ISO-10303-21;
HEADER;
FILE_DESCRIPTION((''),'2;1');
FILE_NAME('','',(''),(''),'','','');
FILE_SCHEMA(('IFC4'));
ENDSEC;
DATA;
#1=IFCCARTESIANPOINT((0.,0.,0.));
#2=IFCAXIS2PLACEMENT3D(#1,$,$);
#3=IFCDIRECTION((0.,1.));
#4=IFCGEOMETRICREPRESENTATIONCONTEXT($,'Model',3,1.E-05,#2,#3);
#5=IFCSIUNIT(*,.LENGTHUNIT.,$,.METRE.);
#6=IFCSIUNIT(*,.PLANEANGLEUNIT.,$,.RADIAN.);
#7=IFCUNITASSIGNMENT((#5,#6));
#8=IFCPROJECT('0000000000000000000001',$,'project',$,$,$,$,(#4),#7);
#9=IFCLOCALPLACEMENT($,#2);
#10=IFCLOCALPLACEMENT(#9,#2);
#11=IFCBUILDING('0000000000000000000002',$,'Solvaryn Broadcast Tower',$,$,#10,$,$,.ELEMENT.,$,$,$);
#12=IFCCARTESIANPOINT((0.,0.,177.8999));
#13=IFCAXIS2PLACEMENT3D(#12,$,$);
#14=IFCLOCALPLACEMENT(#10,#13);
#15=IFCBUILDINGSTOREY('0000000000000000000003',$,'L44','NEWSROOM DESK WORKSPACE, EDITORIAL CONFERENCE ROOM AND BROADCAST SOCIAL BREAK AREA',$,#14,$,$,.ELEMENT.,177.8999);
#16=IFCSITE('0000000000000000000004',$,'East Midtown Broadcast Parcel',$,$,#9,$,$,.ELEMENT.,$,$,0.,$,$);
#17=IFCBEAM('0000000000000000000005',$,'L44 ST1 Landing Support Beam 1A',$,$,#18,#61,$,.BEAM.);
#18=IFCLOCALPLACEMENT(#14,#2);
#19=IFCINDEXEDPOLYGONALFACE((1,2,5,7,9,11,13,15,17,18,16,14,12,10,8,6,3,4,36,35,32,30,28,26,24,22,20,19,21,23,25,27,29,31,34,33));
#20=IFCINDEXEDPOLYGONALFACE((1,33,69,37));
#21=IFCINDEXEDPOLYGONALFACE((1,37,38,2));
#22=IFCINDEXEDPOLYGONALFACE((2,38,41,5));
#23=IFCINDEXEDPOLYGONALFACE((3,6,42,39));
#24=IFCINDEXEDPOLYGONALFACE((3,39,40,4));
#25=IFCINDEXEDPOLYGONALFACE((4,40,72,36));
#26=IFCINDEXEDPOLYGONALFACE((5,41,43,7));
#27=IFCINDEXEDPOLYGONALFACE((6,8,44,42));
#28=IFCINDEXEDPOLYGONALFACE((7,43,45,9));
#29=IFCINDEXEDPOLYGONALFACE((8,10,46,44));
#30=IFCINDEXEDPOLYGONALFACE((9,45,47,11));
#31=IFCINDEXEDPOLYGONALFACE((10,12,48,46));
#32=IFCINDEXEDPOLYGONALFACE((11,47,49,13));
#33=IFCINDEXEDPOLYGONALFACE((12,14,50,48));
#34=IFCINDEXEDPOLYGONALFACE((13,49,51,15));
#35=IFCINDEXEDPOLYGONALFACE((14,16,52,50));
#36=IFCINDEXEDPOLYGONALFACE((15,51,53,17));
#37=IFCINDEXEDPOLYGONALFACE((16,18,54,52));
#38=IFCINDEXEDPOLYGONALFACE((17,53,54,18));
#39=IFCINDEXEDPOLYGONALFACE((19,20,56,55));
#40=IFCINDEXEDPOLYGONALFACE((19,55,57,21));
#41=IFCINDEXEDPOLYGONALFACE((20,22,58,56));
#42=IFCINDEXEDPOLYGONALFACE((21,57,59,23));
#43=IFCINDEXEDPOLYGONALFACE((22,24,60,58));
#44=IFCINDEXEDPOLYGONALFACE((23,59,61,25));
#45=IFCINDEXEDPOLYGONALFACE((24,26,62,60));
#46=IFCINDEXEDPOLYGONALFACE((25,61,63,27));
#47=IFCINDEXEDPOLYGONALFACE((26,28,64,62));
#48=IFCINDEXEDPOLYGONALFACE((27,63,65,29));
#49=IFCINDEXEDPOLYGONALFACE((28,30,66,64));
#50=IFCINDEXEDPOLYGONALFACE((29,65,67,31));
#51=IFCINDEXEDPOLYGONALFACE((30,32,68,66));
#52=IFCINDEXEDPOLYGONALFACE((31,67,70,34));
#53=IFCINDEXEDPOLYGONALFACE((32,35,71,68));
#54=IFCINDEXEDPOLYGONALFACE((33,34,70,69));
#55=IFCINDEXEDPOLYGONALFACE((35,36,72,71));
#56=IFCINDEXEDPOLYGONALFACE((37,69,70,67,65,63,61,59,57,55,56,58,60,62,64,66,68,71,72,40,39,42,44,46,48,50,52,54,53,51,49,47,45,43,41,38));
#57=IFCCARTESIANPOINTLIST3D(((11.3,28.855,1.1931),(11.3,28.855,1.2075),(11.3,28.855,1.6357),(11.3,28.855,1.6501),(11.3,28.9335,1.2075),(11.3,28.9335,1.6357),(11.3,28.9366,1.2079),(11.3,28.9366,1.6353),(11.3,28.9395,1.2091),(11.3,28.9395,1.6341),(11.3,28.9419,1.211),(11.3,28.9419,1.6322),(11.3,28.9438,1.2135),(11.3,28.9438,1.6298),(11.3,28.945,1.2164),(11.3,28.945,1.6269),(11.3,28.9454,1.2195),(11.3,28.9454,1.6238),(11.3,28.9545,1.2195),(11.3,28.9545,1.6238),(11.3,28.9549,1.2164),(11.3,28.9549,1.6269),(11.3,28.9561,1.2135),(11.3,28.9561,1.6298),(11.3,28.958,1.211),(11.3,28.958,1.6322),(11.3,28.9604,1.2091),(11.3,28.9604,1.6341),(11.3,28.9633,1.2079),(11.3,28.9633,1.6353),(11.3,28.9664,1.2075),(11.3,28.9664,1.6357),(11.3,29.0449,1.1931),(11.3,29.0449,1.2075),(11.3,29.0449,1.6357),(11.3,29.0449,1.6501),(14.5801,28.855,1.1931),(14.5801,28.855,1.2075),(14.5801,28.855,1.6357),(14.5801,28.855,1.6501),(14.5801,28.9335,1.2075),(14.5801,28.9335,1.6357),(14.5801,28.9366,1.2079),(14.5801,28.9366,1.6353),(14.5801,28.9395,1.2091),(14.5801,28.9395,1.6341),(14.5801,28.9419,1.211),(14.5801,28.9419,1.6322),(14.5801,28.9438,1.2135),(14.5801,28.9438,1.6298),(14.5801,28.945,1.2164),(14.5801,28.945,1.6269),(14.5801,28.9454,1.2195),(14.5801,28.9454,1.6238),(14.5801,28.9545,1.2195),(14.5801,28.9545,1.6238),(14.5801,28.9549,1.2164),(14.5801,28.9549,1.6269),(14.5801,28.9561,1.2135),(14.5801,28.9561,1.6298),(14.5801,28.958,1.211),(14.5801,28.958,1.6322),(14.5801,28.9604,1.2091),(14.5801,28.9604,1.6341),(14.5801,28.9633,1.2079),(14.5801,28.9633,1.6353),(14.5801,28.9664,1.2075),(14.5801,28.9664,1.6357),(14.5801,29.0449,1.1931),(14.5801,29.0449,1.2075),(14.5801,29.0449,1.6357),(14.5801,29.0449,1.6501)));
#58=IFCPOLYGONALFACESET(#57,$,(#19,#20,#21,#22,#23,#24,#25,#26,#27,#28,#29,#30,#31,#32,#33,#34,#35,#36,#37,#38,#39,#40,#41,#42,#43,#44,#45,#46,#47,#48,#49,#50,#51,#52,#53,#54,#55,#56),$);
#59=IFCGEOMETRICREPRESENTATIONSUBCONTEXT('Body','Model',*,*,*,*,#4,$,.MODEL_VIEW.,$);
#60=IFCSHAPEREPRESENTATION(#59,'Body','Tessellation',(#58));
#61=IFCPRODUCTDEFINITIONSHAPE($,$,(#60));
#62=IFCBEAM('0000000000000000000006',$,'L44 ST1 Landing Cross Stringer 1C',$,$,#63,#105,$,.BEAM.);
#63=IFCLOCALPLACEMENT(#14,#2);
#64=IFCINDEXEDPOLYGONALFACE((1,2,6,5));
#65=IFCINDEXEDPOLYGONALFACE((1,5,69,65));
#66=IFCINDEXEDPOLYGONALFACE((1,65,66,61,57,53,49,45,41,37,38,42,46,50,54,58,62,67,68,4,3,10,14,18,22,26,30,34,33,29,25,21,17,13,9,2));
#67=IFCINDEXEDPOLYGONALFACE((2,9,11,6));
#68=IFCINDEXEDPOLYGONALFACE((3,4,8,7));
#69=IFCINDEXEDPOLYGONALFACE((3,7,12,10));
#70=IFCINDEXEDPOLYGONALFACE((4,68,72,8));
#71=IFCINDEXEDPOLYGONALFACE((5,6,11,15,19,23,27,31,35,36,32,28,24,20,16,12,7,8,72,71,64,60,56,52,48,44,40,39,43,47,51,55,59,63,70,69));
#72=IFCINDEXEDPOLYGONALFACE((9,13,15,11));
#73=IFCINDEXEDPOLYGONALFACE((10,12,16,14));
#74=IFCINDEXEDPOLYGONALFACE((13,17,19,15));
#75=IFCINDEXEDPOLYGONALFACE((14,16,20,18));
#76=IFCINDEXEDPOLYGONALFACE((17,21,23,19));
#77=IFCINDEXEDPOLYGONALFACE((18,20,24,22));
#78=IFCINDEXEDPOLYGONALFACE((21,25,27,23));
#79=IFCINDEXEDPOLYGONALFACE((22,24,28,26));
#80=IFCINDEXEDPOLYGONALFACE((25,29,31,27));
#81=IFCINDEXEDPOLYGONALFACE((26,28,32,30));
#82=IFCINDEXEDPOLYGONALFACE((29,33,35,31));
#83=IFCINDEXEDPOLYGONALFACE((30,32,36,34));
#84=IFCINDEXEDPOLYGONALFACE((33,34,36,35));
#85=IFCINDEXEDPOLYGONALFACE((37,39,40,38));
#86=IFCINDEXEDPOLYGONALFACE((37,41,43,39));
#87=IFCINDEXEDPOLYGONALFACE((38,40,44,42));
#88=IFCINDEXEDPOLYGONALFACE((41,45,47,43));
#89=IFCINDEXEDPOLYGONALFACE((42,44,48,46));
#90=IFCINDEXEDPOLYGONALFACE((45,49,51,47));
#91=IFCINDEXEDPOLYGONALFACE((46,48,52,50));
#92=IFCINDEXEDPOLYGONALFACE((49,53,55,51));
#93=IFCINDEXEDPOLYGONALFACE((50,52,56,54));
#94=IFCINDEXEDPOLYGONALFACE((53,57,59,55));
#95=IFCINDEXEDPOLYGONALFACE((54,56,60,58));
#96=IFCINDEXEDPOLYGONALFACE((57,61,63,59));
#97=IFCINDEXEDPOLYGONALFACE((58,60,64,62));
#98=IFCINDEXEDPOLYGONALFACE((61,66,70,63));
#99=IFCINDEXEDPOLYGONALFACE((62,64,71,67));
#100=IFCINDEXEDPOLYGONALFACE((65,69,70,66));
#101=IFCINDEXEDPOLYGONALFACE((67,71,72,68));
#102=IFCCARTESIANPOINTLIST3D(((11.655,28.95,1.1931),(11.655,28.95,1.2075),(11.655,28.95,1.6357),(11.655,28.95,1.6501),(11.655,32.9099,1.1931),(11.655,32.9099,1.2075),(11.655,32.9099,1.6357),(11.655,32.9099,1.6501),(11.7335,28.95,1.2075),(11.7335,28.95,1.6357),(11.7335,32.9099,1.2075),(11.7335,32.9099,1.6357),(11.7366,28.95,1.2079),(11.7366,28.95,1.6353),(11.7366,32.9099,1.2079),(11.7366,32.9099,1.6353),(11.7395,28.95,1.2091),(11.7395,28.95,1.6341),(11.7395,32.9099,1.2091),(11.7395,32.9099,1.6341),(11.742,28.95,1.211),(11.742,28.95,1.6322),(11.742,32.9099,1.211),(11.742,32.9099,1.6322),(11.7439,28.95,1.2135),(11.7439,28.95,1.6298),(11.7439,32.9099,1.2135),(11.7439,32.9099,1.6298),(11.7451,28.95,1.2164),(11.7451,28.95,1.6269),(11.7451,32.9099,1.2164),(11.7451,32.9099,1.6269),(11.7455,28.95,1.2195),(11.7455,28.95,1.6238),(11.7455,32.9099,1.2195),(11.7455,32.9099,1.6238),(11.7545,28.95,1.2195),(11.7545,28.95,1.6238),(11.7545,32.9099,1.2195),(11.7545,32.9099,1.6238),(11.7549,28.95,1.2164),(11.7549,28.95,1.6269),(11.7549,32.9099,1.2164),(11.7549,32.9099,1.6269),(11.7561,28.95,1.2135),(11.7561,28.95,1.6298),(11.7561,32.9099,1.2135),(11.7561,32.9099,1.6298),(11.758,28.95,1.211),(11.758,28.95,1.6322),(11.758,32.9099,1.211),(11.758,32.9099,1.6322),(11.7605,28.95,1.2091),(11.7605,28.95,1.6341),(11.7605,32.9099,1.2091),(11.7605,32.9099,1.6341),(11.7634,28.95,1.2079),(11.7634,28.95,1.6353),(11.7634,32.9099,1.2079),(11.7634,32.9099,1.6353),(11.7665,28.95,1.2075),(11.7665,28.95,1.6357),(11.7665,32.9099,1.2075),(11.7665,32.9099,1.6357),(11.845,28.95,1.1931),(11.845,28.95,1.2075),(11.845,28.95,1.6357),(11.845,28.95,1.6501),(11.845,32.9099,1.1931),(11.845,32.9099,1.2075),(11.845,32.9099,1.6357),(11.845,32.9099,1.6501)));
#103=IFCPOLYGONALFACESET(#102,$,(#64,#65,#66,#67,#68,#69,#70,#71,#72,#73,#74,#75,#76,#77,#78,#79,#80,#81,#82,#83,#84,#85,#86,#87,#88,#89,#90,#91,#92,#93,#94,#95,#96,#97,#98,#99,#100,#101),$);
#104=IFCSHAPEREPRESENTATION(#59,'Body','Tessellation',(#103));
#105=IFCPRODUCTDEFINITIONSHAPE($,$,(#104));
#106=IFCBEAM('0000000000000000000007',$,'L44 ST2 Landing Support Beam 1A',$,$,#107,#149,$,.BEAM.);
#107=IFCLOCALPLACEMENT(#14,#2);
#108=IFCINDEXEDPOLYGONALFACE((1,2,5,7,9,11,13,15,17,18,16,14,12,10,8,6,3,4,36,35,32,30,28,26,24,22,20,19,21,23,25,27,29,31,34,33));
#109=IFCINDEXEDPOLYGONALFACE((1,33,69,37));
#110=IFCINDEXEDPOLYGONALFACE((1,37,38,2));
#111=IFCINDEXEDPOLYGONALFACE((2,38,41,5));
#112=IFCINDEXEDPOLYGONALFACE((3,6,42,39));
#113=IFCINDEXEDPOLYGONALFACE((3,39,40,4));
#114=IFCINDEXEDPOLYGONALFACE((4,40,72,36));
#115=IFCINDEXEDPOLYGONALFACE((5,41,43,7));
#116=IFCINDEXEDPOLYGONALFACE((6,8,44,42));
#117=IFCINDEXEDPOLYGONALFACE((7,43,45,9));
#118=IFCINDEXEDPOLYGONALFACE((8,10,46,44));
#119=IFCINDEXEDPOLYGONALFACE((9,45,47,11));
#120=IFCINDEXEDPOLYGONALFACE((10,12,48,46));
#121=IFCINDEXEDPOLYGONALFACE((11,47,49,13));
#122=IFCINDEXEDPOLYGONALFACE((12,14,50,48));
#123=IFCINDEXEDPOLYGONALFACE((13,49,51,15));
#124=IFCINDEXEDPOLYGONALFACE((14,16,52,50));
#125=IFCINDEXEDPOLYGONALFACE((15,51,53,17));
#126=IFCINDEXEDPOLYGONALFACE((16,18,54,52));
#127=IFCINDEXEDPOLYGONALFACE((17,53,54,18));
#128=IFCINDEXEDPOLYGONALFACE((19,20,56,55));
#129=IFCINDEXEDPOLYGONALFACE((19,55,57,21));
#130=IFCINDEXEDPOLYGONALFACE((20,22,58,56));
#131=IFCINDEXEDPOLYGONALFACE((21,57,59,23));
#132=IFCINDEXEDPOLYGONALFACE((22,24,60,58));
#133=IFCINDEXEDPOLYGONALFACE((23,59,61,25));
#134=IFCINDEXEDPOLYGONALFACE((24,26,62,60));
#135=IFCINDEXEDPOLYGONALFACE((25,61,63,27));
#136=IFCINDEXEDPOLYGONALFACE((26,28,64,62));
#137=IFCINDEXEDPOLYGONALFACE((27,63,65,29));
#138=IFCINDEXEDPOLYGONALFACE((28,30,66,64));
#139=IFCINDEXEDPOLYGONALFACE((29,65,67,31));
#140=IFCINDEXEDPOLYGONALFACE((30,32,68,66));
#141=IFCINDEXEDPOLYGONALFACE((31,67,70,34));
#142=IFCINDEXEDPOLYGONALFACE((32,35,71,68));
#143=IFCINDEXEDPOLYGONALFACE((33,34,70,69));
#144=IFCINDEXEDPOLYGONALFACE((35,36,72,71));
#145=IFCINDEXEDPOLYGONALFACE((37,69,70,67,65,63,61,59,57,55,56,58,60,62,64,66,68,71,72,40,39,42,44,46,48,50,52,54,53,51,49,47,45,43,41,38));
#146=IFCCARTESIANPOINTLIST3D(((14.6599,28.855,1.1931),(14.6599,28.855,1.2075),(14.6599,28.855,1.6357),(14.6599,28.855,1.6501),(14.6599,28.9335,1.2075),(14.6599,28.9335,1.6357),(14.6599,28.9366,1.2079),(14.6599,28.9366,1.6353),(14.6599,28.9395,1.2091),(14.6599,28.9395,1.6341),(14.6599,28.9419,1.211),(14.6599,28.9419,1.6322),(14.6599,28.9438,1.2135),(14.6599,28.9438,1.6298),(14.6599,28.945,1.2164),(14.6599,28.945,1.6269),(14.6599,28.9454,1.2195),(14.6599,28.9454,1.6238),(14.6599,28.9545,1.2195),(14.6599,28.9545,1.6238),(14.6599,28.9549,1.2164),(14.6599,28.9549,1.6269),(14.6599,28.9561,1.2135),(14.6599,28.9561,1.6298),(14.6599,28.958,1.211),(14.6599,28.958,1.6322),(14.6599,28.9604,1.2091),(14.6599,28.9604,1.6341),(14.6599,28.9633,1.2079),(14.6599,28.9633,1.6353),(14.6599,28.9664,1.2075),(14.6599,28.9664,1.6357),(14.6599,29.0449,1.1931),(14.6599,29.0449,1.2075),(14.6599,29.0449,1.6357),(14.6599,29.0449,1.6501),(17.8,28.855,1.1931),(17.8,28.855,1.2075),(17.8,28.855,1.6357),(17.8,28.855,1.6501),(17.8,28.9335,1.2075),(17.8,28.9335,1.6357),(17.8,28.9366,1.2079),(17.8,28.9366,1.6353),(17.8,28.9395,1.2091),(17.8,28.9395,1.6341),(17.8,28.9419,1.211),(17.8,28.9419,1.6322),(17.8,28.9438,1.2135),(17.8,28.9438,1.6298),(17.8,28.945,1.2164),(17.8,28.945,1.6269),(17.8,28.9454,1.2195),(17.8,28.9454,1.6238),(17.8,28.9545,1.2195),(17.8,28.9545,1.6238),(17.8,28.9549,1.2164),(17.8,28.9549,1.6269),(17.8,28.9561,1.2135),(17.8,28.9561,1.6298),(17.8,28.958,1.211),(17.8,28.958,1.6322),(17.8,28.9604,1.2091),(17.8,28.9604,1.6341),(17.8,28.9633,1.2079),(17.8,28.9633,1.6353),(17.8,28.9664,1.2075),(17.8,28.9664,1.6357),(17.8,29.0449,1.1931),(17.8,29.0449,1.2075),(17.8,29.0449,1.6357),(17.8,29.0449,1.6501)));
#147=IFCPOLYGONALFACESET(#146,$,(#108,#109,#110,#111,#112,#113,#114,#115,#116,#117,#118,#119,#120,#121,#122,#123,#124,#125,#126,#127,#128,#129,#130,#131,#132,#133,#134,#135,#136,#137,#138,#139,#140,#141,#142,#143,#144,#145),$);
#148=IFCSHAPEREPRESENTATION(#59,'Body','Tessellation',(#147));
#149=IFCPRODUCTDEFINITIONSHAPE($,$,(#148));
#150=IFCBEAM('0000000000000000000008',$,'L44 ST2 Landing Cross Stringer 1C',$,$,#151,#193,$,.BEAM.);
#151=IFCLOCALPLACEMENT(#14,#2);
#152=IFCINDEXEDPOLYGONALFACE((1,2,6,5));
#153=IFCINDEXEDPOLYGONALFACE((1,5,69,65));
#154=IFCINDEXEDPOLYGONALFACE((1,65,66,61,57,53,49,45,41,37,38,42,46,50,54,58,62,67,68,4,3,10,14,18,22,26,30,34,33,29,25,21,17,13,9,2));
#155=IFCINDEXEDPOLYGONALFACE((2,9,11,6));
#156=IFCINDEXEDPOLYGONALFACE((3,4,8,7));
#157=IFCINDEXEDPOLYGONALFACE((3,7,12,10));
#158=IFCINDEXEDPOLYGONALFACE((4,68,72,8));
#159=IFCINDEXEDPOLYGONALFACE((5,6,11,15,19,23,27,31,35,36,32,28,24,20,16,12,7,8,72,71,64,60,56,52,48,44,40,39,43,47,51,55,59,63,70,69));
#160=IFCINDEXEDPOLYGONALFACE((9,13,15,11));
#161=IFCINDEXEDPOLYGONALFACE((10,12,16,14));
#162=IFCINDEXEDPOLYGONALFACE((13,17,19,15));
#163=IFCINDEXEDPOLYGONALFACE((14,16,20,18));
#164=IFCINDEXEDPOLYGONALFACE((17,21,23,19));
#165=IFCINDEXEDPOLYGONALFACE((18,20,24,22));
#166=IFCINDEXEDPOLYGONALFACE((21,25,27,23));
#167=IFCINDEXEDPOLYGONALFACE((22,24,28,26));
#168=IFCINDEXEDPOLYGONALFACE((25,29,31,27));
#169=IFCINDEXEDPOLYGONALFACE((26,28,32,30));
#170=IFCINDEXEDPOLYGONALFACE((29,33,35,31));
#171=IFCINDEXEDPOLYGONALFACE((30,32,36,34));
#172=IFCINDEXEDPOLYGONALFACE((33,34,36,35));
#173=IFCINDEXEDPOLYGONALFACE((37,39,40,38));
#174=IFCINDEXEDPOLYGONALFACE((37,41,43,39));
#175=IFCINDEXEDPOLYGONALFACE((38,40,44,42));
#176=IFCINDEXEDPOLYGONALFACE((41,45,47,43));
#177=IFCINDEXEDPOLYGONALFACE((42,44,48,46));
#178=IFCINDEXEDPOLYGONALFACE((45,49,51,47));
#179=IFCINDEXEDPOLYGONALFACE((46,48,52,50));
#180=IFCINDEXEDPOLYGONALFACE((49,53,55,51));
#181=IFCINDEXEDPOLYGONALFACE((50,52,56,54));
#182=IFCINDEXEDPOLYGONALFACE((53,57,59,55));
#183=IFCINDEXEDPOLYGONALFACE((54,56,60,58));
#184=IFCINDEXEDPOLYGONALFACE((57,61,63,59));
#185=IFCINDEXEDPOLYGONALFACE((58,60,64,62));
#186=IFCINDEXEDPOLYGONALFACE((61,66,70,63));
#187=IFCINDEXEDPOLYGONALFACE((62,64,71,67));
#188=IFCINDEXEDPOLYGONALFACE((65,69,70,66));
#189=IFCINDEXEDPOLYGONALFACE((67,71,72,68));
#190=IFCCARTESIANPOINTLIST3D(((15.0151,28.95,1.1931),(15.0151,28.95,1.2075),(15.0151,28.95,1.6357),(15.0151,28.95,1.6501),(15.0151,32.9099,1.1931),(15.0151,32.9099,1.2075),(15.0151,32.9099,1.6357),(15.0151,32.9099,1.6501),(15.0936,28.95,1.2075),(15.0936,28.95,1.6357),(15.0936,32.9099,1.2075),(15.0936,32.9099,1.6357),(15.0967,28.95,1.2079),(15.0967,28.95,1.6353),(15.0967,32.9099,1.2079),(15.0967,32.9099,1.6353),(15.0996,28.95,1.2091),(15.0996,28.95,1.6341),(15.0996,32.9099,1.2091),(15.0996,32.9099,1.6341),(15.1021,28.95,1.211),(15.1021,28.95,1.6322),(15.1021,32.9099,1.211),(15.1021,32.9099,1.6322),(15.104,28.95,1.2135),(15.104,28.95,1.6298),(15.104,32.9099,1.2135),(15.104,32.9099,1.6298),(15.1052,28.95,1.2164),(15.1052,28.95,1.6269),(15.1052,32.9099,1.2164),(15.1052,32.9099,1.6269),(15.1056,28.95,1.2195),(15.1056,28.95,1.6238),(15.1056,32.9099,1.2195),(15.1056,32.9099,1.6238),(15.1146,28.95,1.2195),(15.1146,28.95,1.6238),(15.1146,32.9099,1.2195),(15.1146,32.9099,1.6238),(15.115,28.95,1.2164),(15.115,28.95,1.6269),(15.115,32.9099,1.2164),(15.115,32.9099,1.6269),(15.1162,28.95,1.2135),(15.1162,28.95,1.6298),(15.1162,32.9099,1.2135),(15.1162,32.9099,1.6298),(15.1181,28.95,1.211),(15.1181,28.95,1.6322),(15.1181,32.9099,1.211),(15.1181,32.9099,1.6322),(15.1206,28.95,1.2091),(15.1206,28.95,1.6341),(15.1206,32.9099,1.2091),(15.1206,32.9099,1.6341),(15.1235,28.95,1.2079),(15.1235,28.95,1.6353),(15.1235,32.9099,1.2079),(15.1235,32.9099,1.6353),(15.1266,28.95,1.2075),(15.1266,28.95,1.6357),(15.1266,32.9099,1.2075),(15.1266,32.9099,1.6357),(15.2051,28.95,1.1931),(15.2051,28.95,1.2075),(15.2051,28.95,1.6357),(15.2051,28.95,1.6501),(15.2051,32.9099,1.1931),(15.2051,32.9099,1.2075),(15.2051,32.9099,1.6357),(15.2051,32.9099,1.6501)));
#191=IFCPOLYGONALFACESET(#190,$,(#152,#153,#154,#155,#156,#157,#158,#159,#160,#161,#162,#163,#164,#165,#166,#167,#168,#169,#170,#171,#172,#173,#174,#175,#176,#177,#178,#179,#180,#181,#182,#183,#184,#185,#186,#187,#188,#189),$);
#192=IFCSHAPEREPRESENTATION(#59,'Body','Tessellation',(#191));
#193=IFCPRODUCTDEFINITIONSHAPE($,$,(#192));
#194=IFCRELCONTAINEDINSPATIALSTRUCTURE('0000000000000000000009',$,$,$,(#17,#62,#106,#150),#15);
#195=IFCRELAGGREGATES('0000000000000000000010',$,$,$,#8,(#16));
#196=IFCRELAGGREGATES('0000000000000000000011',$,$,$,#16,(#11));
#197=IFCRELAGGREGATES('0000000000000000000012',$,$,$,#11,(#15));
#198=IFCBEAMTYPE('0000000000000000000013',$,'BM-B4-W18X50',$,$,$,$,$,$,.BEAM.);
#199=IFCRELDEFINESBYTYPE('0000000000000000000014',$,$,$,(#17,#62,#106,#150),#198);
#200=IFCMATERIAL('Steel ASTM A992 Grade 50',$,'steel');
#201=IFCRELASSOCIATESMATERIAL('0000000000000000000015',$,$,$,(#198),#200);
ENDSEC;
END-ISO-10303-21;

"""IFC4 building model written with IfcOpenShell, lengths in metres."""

from ifc_helpers import new_model, si_unit, direction, frame, origin, origin_2d, place, context, subcontext, project, spatial, i_section, extrude, material, material_profile, profile_set, type_object, element, save


model = new_model("IFC4")

# Units and contexts
model_context = context("Model", 3, precision=1e-05, world=origin(), true_north=direction((0.0, 1.0)))
body_context = subcontext(model_context, "Body", "Model", "MODEL_VIEW")
ifc_project = project(units=[si_unit("LENGTHUNIT", "METRE"), si_unit("PLANEANGLEUNIT", "RADIAN")], contexts=[model_context])

# Site, building, storey
site_placement = place(None, origin())
site = spatial("IfcSite", under=ifc_project, at=site_placement, Name="East Midtown Broadcast Parcel", CompositionType="ELEMENT", RefElevation=0.0)
building_placement = place(site_placement, origin())
building = spatial("IfcBuilding", under=site, at=building_placement, Name="Solvaryn Broadcast Tower", CompositionType="ELEMENT")
storey_placement = place(building_placement, frame((0.0, 0.0, 177.8999)))
storey = spatial("IfcBuildingStorey", under=building, at=storey_placement, Name="L44", Description="NEWSROOM DESK WORKSPACE, EDITORIAL CONFERENCE ROOM AND BROADCAST SOCIAL BREAK AREA", CompositionType="ELEMENT", Elevation=177.8999)

# Beams
ifc_material_1 = material(Name="Steel ASTM A992 Grade 50", Category="steel")
ifc_material_profile_1 = material_profile(ifc_material_1, i_section(OverallWidth=0.1899, OverallDepth=0.457, WebThickness=0.009, FlangeThickness=0.0144, FilletRadius=0.012, at=origin_2d()))
ifc_profile_set_1 = profile_set([ifc_material_profile_1], Name="Steel ASTM A992 Grade 50")
beam_type_1 = type_object("IfcBeamType", Name="BM-B4-W18X50", PredefinedType="BEAM", material=ifc_profile_set_1)
beam_1_placement = place(storey_placement, frame((11.3, 28.95, 1.4216), z_axis=(1.0, 0.0, 0.0), x_axis=(0.0, 1.0, 0.0)))
element("IfcBeam", 1, at=beam_1_placement, inside=storey, type_object=beam_type_1, Name="L44 ST1 Landing Support Beam 1A", PredefinedType="BEAM", context=body_context, shape_type="SweptSolid", body=[
    extrude(i_section(OverallWidth=0.1899, OverallDepth=0.457, WebThickness=0.009, FlangeThickness=0.0144, FilletRadius=0.012, at=origin_2d()), origin(), (0.0, 0.0, 1.0), 3.28),
])
beam_2_placement = place(storey_placement, frame((11.75, 28.95, 1.4216), z_axis=(0.0, 1.0, 0.0), x_axis=(-1.0, 0.0, 0.0)))
element("IfcBeam", 2, at=beam_2_placement, inside=storey, type_object=beam_type_1, Name="L44 ST1 Landing Cross Stringer 1C", PredefinedType="BEAM", context=body_context, shape_type="SweptSolid", body=[
    extrude(i_section(OverallWidth=0.1899, OverallDepth=0.457, WebThickness=0.009, FlangeThickness=0.0144, FilletRadius=0.012, at=origin_2d()), origin(), (0.0, 0.0, 1.0), 3.96),
])
beam_3_placement = place(storey_placement, frame((14.6599, 28.95, 1.4216), z_axis=(1.0, 0.0, 0.0), x_axis=(0.0, 1.0, 0.0)))
element("IfcBeam", 3, at=beam_3_placement, inside=storey, type_object=beam_type_1, Name="L44 ST2 Landing Support Beam 1A", PredefinedType="BEAM", context=body_context, shape_type="SweptSolid", body=[
    extrude(i_section(OverallWidth=0.1899, OverallDepth=0.457, WebThickness=0.009, FlangeThickness=0.0144, FilletRadius=0.012, at=origin_2d()), origin(), (0.0, 0.0, 1.0), 3.1401),
])
beam_4_placement = place(storey_placement, frame((15.1101, 28.95, 1.4216), z_axis=(0.0, 1.0, 0.0), x_axis=(-1.0, 0.0, 0.0)))
element("IfcBeam", 4, at=beam_4_placement, inside=storey, type_object=beam_type_1, Name="L44 ST2 Landing Cross Stringer 1C", PredefinedType="BEAM", context=body_context, shape_type="SweptSolid", body=[
    extrude(i_section(OverallWidth=0.1899, OverallDepth=0.457, WebThickness=0.009, FlangeThickness=0.0144, FilletRadius=0.012, at=origin_2d()), origin(), (0.0, 0.0, 1.0), 3.96),
])

save(model, "model.ifc")
